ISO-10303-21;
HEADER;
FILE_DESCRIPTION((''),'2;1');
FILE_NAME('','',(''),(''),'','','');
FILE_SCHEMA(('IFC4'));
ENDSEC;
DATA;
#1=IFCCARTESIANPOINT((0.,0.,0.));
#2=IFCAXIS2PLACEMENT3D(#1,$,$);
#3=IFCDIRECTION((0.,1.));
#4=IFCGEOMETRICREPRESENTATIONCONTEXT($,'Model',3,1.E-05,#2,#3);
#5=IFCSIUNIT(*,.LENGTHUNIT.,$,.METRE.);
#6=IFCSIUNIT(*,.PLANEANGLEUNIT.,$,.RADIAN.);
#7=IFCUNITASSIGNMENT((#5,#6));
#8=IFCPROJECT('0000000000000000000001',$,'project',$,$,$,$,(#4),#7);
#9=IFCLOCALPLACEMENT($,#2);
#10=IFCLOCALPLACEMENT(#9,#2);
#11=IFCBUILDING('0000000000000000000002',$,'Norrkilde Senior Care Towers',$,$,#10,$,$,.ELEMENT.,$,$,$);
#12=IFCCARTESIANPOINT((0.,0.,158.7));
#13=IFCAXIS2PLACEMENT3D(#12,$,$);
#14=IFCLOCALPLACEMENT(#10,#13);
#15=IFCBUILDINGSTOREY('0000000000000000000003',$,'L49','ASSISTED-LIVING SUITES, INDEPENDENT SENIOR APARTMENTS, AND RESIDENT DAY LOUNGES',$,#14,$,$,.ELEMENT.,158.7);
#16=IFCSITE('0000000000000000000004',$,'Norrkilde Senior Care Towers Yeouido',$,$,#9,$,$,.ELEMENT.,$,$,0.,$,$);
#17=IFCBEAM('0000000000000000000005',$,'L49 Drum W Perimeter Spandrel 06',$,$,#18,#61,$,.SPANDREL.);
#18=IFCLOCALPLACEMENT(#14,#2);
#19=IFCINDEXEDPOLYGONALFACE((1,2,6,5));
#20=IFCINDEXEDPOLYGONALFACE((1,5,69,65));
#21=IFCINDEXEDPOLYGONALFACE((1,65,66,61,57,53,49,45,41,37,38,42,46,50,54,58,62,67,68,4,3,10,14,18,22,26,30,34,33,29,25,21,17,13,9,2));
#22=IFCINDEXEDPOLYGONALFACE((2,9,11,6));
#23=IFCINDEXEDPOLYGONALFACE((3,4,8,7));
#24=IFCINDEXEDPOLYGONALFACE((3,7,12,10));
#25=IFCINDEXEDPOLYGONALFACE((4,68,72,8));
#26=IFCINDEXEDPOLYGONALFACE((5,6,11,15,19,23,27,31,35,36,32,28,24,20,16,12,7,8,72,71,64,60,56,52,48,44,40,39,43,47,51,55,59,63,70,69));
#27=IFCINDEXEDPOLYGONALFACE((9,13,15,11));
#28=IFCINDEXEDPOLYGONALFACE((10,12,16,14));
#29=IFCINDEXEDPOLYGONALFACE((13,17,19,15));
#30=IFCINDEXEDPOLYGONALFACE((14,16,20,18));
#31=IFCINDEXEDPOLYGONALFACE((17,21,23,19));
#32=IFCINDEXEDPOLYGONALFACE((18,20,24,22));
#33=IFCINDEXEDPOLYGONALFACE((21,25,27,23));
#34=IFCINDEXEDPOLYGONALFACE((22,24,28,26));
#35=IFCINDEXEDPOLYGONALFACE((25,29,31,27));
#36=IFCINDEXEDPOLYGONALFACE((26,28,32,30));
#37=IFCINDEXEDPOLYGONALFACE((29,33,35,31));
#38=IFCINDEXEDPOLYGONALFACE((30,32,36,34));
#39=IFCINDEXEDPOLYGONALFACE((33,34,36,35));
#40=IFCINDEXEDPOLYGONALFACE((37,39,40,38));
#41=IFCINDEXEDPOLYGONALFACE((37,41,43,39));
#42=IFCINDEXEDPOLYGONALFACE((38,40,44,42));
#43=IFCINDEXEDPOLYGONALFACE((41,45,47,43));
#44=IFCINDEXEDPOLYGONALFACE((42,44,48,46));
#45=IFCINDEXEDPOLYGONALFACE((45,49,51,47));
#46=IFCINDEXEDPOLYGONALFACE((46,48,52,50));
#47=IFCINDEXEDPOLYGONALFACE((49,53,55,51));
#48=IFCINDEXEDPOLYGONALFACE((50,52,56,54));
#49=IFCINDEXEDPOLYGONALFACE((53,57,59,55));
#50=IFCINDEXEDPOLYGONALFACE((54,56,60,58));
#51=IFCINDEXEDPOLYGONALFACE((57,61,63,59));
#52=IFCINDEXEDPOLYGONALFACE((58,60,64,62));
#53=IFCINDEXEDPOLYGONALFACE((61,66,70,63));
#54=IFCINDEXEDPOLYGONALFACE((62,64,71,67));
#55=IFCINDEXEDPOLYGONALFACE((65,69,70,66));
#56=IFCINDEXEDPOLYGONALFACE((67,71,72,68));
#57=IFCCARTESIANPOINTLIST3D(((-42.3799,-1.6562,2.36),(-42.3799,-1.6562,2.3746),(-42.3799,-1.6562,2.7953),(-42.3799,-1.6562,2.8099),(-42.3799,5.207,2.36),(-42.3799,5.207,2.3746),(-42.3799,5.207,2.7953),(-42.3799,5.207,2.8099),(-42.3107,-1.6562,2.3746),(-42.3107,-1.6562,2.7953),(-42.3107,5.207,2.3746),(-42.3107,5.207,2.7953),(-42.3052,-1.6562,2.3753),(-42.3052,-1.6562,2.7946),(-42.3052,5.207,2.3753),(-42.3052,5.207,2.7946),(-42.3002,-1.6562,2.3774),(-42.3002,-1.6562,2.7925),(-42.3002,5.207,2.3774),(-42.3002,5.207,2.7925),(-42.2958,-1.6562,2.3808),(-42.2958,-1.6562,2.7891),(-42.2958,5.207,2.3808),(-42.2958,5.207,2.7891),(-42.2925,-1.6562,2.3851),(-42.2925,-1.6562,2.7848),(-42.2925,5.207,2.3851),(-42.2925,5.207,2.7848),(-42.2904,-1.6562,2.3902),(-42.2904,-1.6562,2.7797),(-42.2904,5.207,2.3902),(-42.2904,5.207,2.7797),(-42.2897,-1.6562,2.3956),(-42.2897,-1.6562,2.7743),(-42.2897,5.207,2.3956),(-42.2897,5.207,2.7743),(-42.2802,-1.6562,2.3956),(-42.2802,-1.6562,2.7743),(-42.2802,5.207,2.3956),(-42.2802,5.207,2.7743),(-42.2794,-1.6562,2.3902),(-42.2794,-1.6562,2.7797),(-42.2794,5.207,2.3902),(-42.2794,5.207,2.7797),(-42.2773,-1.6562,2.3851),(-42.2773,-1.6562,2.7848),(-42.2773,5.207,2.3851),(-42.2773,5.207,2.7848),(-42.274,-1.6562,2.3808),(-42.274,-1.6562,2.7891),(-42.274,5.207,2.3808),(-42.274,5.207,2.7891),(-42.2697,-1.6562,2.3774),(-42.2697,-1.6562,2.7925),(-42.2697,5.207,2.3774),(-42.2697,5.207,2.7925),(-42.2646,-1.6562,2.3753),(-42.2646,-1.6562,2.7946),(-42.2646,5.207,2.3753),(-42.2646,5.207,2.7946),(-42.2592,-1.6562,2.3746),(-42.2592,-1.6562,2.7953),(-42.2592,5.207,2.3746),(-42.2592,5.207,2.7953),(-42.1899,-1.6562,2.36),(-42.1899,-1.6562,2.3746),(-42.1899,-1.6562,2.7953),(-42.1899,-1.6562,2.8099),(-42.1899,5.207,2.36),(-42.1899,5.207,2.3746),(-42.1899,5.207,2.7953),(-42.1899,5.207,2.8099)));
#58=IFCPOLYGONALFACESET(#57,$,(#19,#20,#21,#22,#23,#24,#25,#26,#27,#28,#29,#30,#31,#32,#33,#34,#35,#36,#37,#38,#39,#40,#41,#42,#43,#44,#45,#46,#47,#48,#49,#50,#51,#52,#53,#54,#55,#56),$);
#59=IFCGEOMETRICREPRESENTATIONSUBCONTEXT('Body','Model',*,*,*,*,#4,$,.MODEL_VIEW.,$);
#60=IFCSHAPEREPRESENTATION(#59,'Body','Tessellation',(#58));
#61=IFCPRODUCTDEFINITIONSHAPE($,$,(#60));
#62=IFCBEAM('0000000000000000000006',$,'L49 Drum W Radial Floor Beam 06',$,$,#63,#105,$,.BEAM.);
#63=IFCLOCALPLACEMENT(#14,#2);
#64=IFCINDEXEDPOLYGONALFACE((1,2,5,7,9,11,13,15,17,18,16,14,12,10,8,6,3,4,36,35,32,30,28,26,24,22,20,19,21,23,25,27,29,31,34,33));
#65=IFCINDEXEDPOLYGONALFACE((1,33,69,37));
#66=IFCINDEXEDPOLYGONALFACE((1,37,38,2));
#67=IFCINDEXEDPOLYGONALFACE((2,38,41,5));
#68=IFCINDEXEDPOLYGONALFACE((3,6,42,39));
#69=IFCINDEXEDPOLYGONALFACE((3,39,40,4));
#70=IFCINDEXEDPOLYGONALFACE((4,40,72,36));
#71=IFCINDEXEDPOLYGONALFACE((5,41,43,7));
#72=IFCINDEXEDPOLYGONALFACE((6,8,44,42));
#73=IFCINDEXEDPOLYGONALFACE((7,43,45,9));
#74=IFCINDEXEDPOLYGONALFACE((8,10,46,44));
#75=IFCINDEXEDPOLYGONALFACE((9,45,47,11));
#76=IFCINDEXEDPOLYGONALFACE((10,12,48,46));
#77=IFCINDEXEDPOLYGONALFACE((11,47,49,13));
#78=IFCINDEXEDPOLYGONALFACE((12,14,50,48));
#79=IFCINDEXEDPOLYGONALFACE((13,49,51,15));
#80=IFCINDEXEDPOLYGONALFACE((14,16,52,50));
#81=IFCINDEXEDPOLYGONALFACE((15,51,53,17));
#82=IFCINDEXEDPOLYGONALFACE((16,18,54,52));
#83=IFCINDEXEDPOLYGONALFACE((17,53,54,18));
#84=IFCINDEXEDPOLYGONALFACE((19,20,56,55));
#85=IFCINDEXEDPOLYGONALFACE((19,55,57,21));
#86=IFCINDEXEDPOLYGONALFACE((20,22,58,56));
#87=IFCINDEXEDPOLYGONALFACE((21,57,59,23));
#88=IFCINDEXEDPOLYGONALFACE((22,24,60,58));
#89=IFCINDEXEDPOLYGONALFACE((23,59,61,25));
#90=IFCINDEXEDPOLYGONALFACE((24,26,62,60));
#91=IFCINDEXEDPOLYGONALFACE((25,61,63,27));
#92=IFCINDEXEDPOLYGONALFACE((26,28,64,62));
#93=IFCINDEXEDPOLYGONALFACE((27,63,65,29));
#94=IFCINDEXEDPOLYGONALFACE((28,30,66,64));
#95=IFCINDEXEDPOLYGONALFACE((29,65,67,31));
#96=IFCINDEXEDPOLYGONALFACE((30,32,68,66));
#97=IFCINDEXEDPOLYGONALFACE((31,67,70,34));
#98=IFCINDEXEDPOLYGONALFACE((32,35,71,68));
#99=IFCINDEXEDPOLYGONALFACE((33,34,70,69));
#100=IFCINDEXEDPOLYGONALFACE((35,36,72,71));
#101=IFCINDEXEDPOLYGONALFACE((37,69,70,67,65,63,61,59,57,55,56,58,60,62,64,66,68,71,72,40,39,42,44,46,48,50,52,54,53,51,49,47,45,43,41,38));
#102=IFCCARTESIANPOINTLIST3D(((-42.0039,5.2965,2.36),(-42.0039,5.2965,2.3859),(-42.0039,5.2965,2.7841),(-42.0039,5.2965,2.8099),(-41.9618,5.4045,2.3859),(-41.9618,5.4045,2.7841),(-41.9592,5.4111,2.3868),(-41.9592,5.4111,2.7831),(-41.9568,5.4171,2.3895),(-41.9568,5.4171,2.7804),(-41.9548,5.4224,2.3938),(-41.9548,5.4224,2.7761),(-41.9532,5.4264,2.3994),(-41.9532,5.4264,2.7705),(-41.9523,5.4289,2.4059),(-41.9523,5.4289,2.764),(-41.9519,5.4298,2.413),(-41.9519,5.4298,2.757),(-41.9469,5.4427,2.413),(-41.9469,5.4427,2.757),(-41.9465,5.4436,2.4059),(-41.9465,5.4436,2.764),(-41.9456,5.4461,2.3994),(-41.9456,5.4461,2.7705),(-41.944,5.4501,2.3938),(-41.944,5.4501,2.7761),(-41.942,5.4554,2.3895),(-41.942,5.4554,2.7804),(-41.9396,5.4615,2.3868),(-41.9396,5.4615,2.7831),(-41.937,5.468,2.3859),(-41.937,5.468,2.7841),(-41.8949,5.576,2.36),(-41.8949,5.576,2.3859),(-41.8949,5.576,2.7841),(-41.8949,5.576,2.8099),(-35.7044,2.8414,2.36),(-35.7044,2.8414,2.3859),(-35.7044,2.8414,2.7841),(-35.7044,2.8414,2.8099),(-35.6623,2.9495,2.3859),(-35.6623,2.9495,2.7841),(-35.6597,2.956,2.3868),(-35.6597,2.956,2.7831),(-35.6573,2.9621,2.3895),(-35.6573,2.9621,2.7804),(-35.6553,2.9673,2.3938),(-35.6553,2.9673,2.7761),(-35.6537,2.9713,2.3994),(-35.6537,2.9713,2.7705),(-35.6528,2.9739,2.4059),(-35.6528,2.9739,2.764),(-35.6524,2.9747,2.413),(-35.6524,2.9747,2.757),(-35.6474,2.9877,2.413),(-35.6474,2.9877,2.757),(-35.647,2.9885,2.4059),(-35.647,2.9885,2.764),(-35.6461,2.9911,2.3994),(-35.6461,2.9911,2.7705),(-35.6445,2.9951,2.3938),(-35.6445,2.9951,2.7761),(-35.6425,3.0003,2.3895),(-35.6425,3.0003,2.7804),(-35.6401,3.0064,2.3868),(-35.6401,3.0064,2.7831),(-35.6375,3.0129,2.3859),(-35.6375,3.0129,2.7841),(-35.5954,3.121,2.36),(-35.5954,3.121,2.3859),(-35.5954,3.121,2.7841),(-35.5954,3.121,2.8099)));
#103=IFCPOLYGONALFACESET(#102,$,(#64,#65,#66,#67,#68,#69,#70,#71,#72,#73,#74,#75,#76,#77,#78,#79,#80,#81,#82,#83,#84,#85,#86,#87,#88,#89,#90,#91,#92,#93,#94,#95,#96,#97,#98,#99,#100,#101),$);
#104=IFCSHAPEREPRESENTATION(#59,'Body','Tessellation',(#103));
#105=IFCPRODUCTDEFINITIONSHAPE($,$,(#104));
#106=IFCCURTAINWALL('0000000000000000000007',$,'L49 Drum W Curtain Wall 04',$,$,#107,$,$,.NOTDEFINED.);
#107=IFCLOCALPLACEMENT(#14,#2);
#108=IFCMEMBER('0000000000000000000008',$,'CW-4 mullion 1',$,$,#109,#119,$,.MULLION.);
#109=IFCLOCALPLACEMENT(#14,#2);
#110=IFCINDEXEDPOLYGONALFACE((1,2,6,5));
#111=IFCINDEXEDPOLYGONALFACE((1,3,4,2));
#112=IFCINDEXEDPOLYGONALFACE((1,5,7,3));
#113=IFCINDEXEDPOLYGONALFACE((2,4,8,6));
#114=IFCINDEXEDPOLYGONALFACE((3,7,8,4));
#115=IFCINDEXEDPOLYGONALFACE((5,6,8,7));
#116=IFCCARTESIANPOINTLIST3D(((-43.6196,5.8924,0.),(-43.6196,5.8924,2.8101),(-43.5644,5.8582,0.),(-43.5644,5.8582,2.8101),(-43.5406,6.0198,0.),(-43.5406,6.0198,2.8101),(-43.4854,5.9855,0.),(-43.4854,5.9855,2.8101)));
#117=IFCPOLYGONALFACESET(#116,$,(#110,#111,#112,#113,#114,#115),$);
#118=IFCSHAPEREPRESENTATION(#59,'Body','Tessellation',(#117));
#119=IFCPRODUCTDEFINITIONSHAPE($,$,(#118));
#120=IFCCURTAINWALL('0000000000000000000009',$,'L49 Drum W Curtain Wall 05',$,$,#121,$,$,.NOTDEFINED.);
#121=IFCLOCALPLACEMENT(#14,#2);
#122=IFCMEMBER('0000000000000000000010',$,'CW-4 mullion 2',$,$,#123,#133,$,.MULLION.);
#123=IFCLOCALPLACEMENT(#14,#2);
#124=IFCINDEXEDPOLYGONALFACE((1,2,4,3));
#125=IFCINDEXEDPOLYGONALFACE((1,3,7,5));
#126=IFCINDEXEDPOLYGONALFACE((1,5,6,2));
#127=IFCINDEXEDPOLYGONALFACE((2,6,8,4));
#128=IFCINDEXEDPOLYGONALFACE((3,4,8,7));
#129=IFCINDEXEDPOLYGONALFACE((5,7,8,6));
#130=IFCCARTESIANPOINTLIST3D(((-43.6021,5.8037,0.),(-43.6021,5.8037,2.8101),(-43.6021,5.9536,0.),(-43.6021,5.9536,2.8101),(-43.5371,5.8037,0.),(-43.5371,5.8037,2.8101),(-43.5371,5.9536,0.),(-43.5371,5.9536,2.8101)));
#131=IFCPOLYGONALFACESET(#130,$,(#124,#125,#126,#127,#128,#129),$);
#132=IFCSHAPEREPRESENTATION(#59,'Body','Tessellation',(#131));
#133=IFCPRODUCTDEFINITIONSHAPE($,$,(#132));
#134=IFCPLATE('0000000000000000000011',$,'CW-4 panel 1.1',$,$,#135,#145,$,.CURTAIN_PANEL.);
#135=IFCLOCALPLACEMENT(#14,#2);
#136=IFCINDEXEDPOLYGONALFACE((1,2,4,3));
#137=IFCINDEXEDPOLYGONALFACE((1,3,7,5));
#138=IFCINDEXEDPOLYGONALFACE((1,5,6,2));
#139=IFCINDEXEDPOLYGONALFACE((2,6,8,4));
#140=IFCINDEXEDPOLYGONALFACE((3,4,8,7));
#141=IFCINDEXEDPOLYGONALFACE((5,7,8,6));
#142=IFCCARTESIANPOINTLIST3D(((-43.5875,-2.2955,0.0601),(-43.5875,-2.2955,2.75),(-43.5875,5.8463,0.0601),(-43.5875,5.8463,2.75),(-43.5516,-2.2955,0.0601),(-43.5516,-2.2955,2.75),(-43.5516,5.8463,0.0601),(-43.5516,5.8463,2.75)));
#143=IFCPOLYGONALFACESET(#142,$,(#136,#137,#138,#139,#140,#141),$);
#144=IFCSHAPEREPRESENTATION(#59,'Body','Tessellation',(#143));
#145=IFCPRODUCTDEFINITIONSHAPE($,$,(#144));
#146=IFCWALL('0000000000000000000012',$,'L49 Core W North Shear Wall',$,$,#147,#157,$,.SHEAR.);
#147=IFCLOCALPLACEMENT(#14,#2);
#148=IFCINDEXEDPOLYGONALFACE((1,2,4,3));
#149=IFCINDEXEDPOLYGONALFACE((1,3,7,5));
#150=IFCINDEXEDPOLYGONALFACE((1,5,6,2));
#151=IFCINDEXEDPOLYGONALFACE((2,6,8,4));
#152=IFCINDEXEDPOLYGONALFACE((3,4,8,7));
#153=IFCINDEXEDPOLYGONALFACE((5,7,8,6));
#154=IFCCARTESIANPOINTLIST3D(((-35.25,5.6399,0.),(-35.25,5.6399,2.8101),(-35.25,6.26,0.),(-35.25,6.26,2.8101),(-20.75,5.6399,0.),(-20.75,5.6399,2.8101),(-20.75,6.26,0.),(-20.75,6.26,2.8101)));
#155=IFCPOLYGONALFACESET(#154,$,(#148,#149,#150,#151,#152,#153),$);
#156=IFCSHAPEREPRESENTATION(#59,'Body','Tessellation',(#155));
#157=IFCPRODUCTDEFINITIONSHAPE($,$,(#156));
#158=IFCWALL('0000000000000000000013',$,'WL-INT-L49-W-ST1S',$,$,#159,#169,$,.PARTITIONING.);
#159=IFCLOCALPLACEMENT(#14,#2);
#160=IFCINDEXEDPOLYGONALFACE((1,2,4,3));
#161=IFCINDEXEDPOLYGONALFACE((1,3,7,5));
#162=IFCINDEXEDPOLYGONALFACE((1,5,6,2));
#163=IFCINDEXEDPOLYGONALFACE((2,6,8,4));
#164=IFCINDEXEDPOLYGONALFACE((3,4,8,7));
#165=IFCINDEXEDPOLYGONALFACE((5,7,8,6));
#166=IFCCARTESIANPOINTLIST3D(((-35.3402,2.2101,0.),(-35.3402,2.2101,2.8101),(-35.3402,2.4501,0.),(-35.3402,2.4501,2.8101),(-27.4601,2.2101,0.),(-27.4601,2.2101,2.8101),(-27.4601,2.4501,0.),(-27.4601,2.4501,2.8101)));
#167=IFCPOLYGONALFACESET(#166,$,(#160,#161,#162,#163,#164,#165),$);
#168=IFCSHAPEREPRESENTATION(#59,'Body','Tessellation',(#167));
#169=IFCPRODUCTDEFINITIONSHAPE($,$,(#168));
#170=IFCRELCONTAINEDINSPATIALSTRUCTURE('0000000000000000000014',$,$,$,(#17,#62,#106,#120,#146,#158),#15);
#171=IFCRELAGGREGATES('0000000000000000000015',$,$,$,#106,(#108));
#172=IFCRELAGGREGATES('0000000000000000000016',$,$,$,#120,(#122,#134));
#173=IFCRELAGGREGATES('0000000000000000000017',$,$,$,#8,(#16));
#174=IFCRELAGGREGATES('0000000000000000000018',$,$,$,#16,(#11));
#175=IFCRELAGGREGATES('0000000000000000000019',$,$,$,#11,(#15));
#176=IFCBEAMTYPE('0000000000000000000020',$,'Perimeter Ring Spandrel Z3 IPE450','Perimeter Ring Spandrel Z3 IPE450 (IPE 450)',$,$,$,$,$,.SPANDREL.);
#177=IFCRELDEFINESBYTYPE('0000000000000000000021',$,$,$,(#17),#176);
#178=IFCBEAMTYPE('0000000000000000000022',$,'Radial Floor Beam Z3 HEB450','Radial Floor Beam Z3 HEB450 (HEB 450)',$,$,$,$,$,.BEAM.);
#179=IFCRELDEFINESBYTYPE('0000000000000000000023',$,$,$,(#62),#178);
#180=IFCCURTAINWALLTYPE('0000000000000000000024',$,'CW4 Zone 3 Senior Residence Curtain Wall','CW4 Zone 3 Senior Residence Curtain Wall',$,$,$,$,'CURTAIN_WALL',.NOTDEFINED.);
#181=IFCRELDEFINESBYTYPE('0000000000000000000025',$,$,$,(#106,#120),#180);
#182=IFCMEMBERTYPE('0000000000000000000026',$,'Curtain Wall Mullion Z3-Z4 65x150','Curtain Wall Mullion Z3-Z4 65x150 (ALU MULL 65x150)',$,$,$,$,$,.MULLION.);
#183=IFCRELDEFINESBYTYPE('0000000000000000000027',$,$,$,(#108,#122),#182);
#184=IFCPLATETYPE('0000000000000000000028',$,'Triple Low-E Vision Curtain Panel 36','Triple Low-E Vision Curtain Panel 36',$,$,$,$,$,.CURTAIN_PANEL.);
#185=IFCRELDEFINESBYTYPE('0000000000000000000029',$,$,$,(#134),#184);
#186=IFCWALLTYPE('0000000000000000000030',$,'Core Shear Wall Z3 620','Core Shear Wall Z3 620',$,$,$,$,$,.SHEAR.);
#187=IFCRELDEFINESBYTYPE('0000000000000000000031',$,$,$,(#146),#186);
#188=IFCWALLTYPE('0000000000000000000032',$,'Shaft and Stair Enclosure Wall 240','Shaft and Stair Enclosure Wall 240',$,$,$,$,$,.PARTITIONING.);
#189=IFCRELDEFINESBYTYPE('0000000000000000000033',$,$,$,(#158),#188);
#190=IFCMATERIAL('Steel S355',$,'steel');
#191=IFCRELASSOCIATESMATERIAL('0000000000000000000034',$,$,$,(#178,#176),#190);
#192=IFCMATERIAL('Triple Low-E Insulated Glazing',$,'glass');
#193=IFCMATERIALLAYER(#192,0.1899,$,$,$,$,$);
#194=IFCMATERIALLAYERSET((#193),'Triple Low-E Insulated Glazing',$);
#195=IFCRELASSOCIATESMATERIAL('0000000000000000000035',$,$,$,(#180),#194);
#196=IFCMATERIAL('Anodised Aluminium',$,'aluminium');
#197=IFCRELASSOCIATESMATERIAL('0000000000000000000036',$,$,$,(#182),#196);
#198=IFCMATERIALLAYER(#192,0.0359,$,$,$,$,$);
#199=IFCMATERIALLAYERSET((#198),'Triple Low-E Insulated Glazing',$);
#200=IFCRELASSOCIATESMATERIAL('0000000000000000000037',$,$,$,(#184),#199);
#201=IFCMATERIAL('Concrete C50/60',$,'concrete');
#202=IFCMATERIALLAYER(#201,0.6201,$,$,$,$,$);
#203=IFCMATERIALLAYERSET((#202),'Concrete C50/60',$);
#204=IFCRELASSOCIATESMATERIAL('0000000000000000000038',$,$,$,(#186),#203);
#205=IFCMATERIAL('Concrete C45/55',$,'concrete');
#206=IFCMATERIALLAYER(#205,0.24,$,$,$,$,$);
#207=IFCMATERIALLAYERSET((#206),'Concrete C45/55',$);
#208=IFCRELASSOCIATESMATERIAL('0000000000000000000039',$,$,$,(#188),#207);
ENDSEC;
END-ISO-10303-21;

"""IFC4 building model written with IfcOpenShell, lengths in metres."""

from ifc_helpers import new_model, si_unit, direction, frame, frame_2d, origin, origin_2d, place, context, subcontext, project, spatial, rectangle, i_section, extrude, source, transform, mapped, material, layer, layer_set, material_profile, profile_set, type_object, type_shapes, element, aggregate, save


model = new_model("IFC4")

# Units and contexts
model_context = context("Model", 3, precision=1e-05, world=origin(), true_north=direction((0.0, 1.0)))
body_context = subcontext(model_context, "Body", "Model", "MODEL_VIEW")
ifc_project = project(units=[si_unit("LENGTHUNIT", "METRE"), si_unit("PLANEANGLEUNIT", "RADIAN")], contexts=[model_context])

# Site, building, storey
site_placement = place(None, origin())
site = spatial("IfcSite", under=ifc_project, at=site_placement, Name="Norrkilde Senior Care Towers Yeouido", CompositionType="ELEMENT", RefElevation=0.0)
building_placement = place(site_placement, origin())
building = spatial("IfcBuilding", under=site, at=building_placement, Name="Norrkilde Senior Care Towers", CompositionType="ELEMENT")
storey_placement = place(building_placement, frame((0.0, 0.0, 158.7)))
storey = spatial("IfcBuildingStorey", under=building, at=storey_placement, Name="L49", Description="ASSISTED-LIVING SUITES, INDEPENDENT SENIOR APARTMENTS, AND RESIDENT DAY LOUNGES", CompositionType="ELEMENT", Elevation=158.7)

# Shared definitions
ifc_material_1 = material(Name="Concrete C50/60", Category="concrete")

# Beams
ifc_material_2 = material(Name="Steel S355", Category="steel")
ifc_material_profile_1 = material_profile(ifc_material_2, i_section(OverallWidth=0.3, OverallDepth=0.45, WebThickness=0.0139, FlangeThickness=0.0259, FilletRadius=0.0271, at=origin_2d()), Name="HEB 450")
ifc_profile_set_1 = profile_set([ifc_material_profile_1], Name="Steel S355")
beam_type_1 = type_object("IfcBeamType", Name="Radial Floor Beam Z3 HEB450", Description="Radial Floor Beam Z3 HEB450 (HEB 450)", PredefinedType="BEAM", material=ifc_profile_set_1)
ifc_material_profile_2 = material_profile(ifc_material_2, i_section(OverallWidth=0.1899, OverallDepth=0.45, WebThickness=0.0095, FlangeThickness=0.0146, FilletRadius=0.021, at=origin_2d()), Name="IPE 450")
ifc_profile_set_2 = profile_set([ifc_material_profile_2], Name="Steel S355")
beam_type_2 = type_object("IfcBeamType", Name="Perimeter Ring Spandrel Z3 IPE450", Description="Perimeter Ring Spandrel Z3 IPE450 (IPE 450)", PredefinedType="SPANDREL", material=ifc_profile_set_2)
shared_shape_1 = source(origin(), body_context, "Body", "SweptSolid", [
    extrude(i_section(OverallWidth=0.1899, OverallDepth=0.45, WebThickness=0.0095, FlangeThickness=0.0146, FilletRadius=0.021, at=origin_2d()), origin(), (0.0, 0.0, 1.0), 6.8633),
])
type_shapes(beam_type_2, [shared_shape_1])
beam_1_placement = place(storey_placement, frame((-42.2849, 5.207, 2.585), z_axis=(0.0, -1.0, 0.0), x_axis=(1.0, 0.0, 0.0)))
element("IfcBeam", 1, at=beam_1_placement, inside=storey, type_object=beam_type_2, Name="L49 Drum W Perimeter Spandrel 06", PredefinedType="SPANDREL", context=body_context, shape_type="MappedRepresentation", body=[
    mapped(shared_shape_1, transform((0.0, 0.0, 0.0), x_axis=(1.0, 0.0, 0.0), y_axis=(0.0, 1.0, 0.0), z_axis=(0.0, 0.0, 1.0), scale=1.0)),
])
shared_shape_2 = source(origin(), body_context, "Body", "SweptSolid", [
    extrude(i_section(OverallWidth=0.3, OverallDepth=0.45, WebThickness=0.0139, FlangeThickness=0.0259, FilletRadius=0.0271, at=origin_2d()), origin(), (0.0, 0.0, 1.0), 6.761),
])
beam_2_placement = place(storey_placement, frame((-35.6499, 2.9812, 2.585), z_axis=(-0.931742, 0.363121, 0.0), x_axis=(-0.363121, -0.931742, 0.0)))
element("IfcBeam", 2, at=beam_2_placement, inside=storey, type_object=beam_type_1, Name="L49 Drum W Radial Floor Beam 06", PredefinedType="BEAM", context=body_context, shape_type="MappedRepresentation", body=[
    mapped(shared_shape_2, transform((0.0, 0.0, 0.0), x_axis=(1.0, 0.0, 0.0), y_axis=(0.0, 1.0, 0.0), z_axis=(0.0, 0.0, 1.0), scale=1.0)),
])

# Curtain wall, member
ifc_material_3 = material(Name="Triple Low-E Insulated Glazing", Category="glass")
ifc_layer_1 = layer(ifc_material_3, 0.1899)
ifc_layer_set_1 = layer_set([ifc_layer_1], Name="Triple Low-E Insulated Glazing")
curtain_wall_type = type_object("IfcCurtainWallType", Name="CW4 Zone 3 Senior Residence Curtain Wall", Description="CW4 Zone 3 Senior Residence Curtain Wall", ElementType="CURTAIN_WALL", PredefinedType="NOTDEFINED", material=ifc_layer_set_1)
curtain_wall_1_placement = place(storey_placement, origin())
curtain_wall_1 = element("IfcCurtainWall", 3, at=curtain_wall_1_placement, inside=storey, type_object=curtain_wall_type, Name="L49 Drum W Curtain Wall 04", PredefinedType="NOTDEFINED")
ifc_material_4 = material(Name="Anodised Aluminium", Category="aluminium")
ifc_material_profile_3 = material_profile(ifc_material_4, rectangle(XDim=0.0649, YDim=0.1499, at=origin_2d()), Name="ALU MULL 65x150")
ifc_profile_set_3 = profile_set([ifc_material_profile_3], Name="Anodised Aluminium")
member_type = type_object("IfcMemberType", Name="Curtain Wall Mullion Z3-Z4 65x150", Description="Curtain Wall Mullion Z3-Z4 65x150 (ALU MULL 65x150)", PredefinedType="MULLION", material=ifc_profile_set_3)
shared_shape_3 = source(origin(), body_context, "Body", "SweptSolid", [
    extrude(rectangle(XDim=0.0649, YDim=0.1499, at=origin_2d()), origin(), (0.0, 0.0, 1.0), 2.8101),
])
type_shapes(member_type, [shared_shape_3])
member_1_placement = place(storey_placement, frame((-43.5525, 5.939, 0.0), z_axis=(0.0, 0.0, 1.0), x_axis=(-0.849634, 0.527373, 0.0)))
member_1 = element("IfcMember", 4, at=member_1_placement, type_object=member_type, Name="CW-4 mullion 1", PredefinedType="MULLION", context=body_context, shape_type="MappedRepresentation", body=[
    mapped(shared_shape_3, transform((0.0, 0.0, 0.0), x_axis=(1.0, 0.0, 0.0), y_axis=(0.0, 1.0, 0.0), z_axis=(0.0, 0.0, 1.0), scale=1.0)),
])
aggregate(curtain_wall_1, [member_1])

# Curtain wall, member, plate
curtain_wall_2_placement = place(storey_placement, origin())
curtain_wall_2 = element("IfcCurtainWall", 5, at=curtain_wall_2_placement, inside=storey, type_object=curtain_wall_type, Name="L49 Drum W Curtain Wall 05", PredefinedType="NOTDEFINED")
member_2_placement = place(storey_placement, frame((-43.5696, 5.8787, 0.0), z_axis=(0.0, 0.0, 1.0), x_axis=(-1.0, 0.0, 0.0)))
member_2 = element("IfcMember", 6, at=member_2_placement, type_object=member_type, Name="CW-4 mullion 2", PredefinedType="MULLION", context=body_context, shape_type="MappedRepresentation", body=[
    mapped(shared_shape_3, transform((0.0, 0.0, 0.0), x_axis=(1.0, 0.0, 0.0), y_axis=(0.0, 1.0, 0.0), z_axis=(0.0, 0.0, 1.0), scale=1.0)),
])
ifc_layer_2 = layer(ifc_material_3, 0.0359)
ifc_layer_set_2 = layer_set([ifc_layer_2], Name="Triple Low-E Insulated Glazing")
plate_type = type_object("IfcPlateType", Name="Triple Low-E Vision Curtain Panel 36", Description="Triple Low-E Vision Curtain Panel 36", PredefinedType="CURTAIN_PANEL", material=ifc_layer_set_2)
shared_shape_4 = source(origin(), body_context, "Body", "SweptSolid", [
    extrude(rectangle(XDim=8.1418, YDim=0.0359, at=origin_2d()), origin(), (0.0, 0.0, 1.0), 2.6899),
])
type_shapes(plate_type, [shared_shape_4])
plate_placement = place(storey_placement, frame((-43.5696, 1.7754, 0.0601), z_axis=(0.0, 0.0, 1.0), x_axis=(0.0, 1.0, 0.0)))
plate = element("IfcPlate", 7, at=plate_placement, type_object=plate_type, Name="CW-4 panel 1.1", PredefinedType="CURTAIN_PANEL", context=body_context, shape_type="MappedRepresentation", body=[
    mapped(shared_shape_4, transform((0.0, 0.0, 0.0), x_axis=(1.0, 0.0, 0.0), y_axis=(0.0, 1.0, 0.0), z_axis=(0.0, 0.0, 1.0), scale=1.0)),
])
aggregate(curtain_wall_2, [member_2, plate])

# Walls
ifc_layer_3 = layer(ifc_material_1, 0.6201)
ifc_layer_set_3 = layer_set([ifc_layer_3], Name="Concrete C50/60")
wall_type_1 = type_object("IfcWallType", Name="Core Shear Wall Z3 620", Description="Core Shear Wall Z3 620", PredefinedType="SHEAR", material=ifc_layer_set_3)
shared_shape_5 = source(origin(), body_context, "Body", "SweptSolid", [
    extrude(rectangle(XDim=14.5, YDim=0.6201, at=frame_2d((7.25, 0.0))), origin(), (0.0, 0.0, 1.0), 2.8101),
])
type_shapes(wall_type_1, [shared_shape_5])
wall_1_placement = place(storey_placement, frame((-35.25, 5.95, 0.0), z_axis=(0.0, 0.0, 1.0), x_axis=(1.0, 0.0, 0.0)))
element("IfcWall", 8, at=wall_1_placement, inside=storey, type_object=wall_type_1, Name="L49 Core W North Shear Wall", PredefinedType="SHEAR", context=body_context, shape_type="MappedRepresentation", body=[
    mapped(shared_shape_5, transform((0.0, 0.0, 0.0), x_axis=(1.0, 0.0, 0.0), y_axis=(0.0, 1.0, 0.0), z_axis=(0.0, 0.0, 1.0), scale=1.0)),
])
ifc_material_5 = material(Name="Concrete C45/55", Category="concrete")
ifc_layer_4 = layer(ifc_material_5, 0.24)
ifc_layer_set_4 = layer_set([ifc_layer_4], Name="Concrete C45/55")
wall_type_2 = type_object("IfcWallType", Name="Shaft and Stair Enclosure Wall 240", Description="Shaft and Stair Enclosure Wall 240", PredefinedType="PARTITIONING", material=ifc_layer_set_4)
shared_shape_6 = source(origin(), body_context, "Body", "SweptSolid", [
    extrude(rectangle(XDim=7.8801, YDim=0.24, at=frame_2d((3.9399, 0.0))), origin(), (0.0, 0.0, 1.0), 2.8101),
])
wall_2_placement = place(storey_placement, frame((-35.3401, 2.3301, 0.0), z_axis=(0.0, 0.0, 1.0), x_axis=(1.0, 0.0, 0.0)))
element("IfcWall", 9, at=wall_2_placement, inside=storey, type_object=wall_type_2, Name="WL-INT-L49-W-ST1S", PredefinedType="PARTITIONING", context=body_context, shape_type="MappedRepresentation", body=[
    mapped(shared_shape_6, transform((0.0, 0.0, 0.0), x_axis=(1.0, 0.0, 0.0), y_axis=(0.0, 1.0, 0.0), z_axis=(0.0, 0.0, 1.0), scale=1.0)),
])

save(model, "model.ifc")
